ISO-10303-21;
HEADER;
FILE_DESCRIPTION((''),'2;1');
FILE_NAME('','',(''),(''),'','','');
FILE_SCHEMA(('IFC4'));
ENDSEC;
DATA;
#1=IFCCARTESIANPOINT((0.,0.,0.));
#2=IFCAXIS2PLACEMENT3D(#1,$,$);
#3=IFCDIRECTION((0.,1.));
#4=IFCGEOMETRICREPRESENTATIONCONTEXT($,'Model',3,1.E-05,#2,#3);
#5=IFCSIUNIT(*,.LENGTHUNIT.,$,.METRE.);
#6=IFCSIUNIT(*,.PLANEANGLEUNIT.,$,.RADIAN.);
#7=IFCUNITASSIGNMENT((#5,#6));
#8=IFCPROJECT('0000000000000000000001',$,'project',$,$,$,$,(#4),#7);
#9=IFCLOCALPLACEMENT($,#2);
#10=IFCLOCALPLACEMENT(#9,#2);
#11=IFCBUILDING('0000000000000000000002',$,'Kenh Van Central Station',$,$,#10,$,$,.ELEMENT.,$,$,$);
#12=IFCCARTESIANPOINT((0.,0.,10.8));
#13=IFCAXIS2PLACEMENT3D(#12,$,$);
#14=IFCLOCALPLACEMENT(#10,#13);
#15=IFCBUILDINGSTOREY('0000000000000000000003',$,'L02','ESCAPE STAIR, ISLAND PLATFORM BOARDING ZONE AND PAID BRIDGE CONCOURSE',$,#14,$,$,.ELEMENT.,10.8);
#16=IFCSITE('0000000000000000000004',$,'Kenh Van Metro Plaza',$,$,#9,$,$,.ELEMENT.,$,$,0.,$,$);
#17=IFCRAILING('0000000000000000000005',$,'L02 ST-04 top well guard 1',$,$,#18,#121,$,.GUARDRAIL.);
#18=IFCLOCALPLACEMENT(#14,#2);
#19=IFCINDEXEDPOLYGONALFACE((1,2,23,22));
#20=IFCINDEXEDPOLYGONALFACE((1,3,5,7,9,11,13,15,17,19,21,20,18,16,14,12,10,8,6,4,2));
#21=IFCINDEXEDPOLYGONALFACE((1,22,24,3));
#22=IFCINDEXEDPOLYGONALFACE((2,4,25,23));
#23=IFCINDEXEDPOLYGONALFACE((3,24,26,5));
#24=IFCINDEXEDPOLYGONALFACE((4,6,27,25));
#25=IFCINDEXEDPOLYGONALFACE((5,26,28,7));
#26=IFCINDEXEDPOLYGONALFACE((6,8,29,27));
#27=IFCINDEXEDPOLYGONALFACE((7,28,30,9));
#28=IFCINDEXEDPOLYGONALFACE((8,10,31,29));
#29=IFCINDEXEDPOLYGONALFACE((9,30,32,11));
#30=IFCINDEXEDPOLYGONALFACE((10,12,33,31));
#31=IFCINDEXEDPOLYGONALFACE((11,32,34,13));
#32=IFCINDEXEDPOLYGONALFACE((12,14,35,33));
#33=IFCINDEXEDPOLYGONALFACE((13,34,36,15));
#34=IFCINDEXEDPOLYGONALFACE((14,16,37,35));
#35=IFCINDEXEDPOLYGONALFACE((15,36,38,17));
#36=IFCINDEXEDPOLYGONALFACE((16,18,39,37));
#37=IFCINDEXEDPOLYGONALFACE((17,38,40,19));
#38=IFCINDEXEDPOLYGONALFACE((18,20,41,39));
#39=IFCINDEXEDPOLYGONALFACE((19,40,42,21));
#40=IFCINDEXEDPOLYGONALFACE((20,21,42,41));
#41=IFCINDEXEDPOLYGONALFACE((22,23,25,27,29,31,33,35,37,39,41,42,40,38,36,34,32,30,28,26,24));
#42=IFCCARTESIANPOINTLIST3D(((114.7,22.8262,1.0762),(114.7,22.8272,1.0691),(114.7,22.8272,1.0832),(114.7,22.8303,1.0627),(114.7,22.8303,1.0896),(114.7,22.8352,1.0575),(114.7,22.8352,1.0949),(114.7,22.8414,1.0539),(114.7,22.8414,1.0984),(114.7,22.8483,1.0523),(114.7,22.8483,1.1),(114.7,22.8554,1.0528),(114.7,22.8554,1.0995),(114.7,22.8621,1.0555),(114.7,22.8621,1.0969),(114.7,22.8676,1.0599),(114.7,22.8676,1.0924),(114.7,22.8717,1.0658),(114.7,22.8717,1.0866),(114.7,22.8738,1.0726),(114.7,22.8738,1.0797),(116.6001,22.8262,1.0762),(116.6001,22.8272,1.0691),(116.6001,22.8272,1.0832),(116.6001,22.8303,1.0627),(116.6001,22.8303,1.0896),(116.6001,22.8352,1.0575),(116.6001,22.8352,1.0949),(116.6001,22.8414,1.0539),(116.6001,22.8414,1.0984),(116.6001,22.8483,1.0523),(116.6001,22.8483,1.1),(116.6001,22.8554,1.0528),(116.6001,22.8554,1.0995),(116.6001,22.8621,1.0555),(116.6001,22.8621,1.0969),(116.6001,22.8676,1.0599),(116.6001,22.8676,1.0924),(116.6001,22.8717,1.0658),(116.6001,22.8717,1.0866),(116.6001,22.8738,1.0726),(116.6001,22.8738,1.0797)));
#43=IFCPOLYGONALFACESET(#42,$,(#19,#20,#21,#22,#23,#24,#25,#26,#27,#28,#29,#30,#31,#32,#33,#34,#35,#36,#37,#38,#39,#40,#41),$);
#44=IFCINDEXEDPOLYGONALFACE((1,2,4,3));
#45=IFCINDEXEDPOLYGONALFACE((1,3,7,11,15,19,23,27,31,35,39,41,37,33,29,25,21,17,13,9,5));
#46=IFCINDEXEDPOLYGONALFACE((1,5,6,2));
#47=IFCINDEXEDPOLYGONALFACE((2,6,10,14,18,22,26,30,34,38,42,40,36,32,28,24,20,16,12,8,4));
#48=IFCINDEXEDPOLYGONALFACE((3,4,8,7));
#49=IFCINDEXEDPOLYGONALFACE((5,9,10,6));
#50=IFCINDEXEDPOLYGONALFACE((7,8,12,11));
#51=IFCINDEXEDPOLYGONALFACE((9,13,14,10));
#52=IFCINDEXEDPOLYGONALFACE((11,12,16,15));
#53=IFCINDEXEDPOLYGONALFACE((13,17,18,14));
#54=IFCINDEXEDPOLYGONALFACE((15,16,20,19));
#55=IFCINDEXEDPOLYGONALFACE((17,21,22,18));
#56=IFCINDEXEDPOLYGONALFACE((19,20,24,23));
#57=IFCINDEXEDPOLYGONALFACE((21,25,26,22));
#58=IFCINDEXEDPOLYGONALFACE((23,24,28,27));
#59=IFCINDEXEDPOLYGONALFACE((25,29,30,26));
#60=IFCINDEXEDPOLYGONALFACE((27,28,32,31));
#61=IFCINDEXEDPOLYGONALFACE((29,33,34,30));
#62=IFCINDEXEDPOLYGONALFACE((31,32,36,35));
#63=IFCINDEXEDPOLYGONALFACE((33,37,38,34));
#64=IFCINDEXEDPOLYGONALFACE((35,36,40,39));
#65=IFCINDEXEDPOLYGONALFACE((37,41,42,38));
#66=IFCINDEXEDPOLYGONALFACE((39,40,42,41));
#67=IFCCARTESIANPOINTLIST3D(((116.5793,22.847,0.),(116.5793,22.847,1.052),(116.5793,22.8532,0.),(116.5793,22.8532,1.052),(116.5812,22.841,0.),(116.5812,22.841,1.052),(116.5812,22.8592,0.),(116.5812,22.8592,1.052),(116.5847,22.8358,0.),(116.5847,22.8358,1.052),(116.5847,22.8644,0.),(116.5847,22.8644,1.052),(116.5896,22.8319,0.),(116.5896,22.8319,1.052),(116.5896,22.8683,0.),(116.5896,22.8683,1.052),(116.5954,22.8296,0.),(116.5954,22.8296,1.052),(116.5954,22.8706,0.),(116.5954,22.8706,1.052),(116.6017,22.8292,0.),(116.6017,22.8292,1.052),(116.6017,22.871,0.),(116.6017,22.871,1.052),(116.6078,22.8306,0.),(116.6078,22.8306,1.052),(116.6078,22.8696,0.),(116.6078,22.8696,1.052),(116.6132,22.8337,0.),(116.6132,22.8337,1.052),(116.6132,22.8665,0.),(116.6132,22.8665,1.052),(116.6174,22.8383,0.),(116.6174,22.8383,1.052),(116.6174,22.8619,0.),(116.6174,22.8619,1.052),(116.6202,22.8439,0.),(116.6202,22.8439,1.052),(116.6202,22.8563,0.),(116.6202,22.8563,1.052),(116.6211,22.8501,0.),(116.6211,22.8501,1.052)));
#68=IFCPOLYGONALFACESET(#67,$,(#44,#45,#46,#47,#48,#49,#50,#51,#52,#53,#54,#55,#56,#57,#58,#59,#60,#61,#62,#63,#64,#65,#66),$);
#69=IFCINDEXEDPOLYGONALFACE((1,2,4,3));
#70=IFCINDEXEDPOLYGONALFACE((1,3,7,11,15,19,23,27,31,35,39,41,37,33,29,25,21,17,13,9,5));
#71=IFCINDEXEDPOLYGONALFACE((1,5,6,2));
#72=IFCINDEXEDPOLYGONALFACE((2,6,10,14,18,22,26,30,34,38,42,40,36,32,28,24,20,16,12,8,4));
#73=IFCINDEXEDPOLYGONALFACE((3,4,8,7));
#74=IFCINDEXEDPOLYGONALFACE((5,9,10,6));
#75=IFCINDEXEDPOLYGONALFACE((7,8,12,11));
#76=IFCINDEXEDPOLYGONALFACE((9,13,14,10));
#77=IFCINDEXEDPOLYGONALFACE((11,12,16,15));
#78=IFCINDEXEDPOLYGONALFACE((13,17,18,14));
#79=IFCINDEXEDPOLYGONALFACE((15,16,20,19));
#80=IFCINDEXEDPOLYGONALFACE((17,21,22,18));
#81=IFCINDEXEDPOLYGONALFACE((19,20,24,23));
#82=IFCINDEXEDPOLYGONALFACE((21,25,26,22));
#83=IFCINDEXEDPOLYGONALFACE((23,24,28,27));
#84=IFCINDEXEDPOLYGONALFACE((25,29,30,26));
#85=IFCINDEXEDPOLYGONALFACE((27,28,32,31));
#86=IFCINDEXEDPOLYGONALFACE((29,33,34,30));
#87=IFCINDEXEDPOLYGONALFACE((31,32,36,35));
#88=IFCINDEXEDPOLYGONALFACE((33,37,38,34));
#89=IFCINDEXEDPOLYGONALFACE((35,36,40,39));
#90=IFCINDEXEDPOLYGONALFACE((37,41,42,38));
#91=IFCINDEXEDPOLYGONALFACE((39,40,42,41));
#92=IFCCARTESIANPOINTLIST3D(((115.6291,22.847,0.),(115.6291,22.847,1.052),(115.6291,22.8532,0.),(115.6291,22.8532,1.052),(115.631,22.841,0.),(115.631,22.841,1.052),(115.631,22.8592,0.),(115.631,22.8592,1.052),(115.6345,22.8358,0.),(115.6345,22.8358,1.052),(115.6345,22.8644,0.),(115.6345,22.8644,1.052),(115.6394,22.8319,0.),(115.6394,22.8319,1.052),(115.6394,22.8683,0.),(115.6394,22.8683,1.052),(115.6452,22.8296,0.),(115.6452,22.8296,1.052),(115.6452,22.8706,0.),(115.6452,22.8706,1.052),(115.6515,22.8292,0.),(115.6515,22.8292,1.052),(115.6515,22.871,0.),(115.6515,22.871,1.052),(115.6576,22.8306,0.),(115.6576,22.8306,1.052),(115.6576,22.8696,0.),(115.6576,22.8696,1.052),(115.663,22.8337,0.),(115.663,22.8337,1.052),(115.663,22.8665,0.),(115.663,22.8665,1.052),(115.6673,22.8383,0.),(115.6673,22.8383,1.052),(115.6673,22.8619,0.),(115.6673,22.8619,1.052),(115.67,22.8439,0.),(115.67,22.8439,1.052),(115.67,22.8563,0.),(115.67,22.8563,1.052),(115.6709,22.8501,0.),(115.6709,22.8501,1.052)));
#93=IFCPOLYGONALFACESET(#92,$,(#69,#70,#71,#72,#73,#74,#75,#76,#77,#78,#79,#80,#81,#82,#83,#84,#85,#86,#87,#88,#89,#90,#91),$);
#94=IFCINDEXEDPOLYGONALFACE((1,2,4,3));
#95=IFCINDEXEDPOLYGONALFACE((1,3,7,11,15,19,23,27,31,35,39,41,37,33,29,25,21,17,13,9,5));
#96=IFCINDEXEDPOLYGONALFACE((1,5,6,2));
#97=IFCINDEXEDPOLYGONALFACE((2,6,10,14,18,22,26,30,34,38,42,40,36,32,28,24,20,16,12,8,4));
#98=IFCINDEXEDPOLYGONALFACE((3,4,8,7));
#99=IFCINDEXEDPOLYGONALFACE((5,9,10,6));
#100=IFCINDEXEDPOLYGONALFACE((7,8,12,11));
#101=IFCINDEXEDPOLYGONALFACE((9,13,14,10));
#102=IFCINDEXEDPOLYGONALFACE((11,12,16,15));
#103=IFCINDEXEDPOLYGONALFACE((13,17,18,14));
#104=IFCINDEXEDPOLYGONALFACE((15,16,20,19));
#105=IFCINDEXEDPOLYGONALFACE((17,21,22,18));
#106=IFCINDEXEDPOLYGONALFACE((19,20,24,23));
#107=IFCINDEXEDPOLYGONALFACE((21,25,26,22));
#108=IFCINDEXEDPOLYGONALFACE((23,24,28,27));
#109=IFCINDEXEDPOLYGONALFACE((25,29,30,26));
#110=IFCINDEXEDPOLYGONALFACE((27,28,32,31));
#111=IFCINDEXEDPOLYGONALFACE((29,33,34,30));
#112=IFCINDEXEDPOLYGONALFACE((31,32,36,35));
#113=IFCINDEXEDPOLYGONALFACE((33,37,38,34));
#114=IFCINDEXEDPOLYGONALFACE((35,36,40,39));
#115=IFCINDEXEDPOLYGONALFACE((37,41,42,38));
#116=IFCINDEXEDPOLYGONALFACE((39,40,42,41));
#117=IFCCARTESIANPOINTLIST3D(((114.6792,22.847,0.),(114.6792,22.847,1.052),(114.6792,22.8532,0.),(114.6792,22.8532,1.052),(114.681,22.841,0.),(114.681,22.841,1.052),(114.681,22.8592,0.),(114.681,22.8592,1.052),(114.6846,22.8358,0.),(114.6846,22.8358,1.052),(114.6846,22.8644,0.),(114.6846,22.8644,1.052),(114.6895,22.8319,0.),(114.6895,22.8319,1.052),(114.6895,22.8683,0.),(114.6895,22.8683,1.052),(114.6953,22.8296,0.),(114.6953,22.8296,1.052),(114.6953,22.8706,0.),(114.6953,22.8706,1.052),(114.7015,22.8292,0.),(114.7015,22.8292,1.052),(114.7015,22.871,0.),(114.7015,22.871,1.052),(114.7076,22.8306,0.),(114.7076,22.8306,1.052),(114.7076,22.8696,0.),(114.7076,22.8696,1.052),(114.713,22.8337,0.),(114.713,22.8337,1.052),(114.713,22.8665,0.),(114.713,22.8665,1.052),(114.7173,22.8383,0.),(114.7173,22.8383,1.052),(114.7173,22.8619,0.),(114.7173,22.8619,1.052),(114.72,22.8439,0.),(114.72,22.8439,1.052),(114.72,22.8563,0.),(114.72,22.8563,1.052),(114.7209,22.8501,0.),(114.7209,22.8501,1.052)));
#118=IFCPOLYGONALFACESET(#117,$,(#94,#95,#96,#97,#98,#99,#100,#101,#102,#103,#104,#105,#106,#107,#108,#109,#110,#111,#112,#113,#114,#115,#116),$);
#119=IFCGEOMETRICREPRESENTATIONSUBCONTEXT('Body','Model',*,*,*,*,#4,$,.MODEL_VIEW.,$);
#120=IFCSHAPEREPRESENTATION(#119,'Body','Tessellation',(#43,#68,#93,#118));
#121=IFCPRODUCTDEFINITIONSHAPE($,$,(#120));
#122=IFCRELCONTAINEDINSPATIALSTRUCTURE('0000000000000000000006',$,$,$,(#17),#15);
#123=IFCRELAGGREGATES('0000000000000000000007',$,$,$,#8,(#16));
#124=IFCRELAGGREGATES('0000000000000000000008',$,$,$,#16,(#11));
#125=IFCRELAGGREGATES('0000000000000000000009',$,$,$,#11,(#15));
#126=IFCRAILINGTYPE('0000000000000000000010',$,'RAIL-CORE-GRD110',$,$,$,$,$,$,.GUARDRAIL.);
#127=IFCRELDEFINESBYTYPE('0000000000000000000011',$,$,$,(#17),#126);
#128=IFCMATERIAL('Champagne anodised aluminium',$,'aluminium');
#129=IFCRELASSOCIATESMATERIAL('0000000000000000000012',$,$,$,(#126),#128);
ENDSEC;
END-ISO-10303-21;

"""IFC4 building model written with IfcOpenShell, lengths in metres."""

from ifc_helpers import new_model, si_unit, direction, frame, origin, origin_2d, place, context, subcontext, project, spatial, circle, extrude, material, type_object, element, save


model = new_model("IFC4")

# Units and contexts
model_context = context("Model", 3, precision=1e-05, world=origin(), true_north=direction((0.0, 1.0)))
body_context = subcontext(model_context, "Body", "Model", "MODEL_VIEW")
ifc_project = project(units=[si_unit("LENGTHUNIT", "METRE"), si_unit("PLANEANGLEUNIT", "RADIAN")], contexts=[model_context])

# Site, building, storey
site_placement = place(None, origin())
site = spatial("IfcSite", under=ifc_project, at=site_placement, Name="Kenh Van Metro Plaza", CompositionType="ELEMENT", RefElevation=0.0)
building_placement = place(site_placement, origin())
building = spatial("IfcBuilding", under=site, at=building_placement, Name="Kenh Van Central Station", CompositionType="ELEMENT")
storey_placement = place(building_placement, frame((0.0, 0.0, 10.8)))
storey = spatial("IfcBuildingStorey", under=building, at=storey_placement, Name="L02", Description="ESCAPE STAIR, ISLAND PLATFORM BOARDING ZONE AND PAID BRIDGE CONCOURSE", CompositionType="ELEMENT", Elevation=10.8)

# Shared definitions
ifc_material_1 = material(Name="Champagne anodised aluminium", Category="aluminium")

# Railing
railing_type = type_object("IfcRailingType", Name="RAIL-CORE-GRD110", PredefinedType="GUARDRAIL", material=ifc_material_1)
railing_placement = place(storey_placement, frame((116.6001, 22.8501, 0.0)))
element("IfcRailing", 1, at=railing_placement, inside=storey, type_object=railing_type, Name="L02 ST-04 top well guard 1", PredefinedType="GUARDRAIL", context=body_context, shape_type="SweptSolid", body=[
    extrude(circle(Radius=0.0239, at=origin_2d()), frame((0.0, 0.0, 1.0762), z_axis=(-1.0, 0.0, 0.0), x_axis=(0.0, -1.0, 0.0)), (0.0, 0.0, 1.0), 1.9001),
    extrude(circle(Radius=0.021, at=origin_2d()), origin(), (0.0, 0.0, 1.0), 1.052),
    extrude(circle(Radius=0.021, at=origin_2d()), frame((-0.9502, 0.0, 0.0)), (0.0, 0.0, 1.0), 1.052),
    extrude(circle(Radius=0.021, at=origin_2d()), frame((-1.9001, 0.0, 0.0)), (0.0, 0.0, 1.0), 1.052),
])

save(model, "model.ifc")
